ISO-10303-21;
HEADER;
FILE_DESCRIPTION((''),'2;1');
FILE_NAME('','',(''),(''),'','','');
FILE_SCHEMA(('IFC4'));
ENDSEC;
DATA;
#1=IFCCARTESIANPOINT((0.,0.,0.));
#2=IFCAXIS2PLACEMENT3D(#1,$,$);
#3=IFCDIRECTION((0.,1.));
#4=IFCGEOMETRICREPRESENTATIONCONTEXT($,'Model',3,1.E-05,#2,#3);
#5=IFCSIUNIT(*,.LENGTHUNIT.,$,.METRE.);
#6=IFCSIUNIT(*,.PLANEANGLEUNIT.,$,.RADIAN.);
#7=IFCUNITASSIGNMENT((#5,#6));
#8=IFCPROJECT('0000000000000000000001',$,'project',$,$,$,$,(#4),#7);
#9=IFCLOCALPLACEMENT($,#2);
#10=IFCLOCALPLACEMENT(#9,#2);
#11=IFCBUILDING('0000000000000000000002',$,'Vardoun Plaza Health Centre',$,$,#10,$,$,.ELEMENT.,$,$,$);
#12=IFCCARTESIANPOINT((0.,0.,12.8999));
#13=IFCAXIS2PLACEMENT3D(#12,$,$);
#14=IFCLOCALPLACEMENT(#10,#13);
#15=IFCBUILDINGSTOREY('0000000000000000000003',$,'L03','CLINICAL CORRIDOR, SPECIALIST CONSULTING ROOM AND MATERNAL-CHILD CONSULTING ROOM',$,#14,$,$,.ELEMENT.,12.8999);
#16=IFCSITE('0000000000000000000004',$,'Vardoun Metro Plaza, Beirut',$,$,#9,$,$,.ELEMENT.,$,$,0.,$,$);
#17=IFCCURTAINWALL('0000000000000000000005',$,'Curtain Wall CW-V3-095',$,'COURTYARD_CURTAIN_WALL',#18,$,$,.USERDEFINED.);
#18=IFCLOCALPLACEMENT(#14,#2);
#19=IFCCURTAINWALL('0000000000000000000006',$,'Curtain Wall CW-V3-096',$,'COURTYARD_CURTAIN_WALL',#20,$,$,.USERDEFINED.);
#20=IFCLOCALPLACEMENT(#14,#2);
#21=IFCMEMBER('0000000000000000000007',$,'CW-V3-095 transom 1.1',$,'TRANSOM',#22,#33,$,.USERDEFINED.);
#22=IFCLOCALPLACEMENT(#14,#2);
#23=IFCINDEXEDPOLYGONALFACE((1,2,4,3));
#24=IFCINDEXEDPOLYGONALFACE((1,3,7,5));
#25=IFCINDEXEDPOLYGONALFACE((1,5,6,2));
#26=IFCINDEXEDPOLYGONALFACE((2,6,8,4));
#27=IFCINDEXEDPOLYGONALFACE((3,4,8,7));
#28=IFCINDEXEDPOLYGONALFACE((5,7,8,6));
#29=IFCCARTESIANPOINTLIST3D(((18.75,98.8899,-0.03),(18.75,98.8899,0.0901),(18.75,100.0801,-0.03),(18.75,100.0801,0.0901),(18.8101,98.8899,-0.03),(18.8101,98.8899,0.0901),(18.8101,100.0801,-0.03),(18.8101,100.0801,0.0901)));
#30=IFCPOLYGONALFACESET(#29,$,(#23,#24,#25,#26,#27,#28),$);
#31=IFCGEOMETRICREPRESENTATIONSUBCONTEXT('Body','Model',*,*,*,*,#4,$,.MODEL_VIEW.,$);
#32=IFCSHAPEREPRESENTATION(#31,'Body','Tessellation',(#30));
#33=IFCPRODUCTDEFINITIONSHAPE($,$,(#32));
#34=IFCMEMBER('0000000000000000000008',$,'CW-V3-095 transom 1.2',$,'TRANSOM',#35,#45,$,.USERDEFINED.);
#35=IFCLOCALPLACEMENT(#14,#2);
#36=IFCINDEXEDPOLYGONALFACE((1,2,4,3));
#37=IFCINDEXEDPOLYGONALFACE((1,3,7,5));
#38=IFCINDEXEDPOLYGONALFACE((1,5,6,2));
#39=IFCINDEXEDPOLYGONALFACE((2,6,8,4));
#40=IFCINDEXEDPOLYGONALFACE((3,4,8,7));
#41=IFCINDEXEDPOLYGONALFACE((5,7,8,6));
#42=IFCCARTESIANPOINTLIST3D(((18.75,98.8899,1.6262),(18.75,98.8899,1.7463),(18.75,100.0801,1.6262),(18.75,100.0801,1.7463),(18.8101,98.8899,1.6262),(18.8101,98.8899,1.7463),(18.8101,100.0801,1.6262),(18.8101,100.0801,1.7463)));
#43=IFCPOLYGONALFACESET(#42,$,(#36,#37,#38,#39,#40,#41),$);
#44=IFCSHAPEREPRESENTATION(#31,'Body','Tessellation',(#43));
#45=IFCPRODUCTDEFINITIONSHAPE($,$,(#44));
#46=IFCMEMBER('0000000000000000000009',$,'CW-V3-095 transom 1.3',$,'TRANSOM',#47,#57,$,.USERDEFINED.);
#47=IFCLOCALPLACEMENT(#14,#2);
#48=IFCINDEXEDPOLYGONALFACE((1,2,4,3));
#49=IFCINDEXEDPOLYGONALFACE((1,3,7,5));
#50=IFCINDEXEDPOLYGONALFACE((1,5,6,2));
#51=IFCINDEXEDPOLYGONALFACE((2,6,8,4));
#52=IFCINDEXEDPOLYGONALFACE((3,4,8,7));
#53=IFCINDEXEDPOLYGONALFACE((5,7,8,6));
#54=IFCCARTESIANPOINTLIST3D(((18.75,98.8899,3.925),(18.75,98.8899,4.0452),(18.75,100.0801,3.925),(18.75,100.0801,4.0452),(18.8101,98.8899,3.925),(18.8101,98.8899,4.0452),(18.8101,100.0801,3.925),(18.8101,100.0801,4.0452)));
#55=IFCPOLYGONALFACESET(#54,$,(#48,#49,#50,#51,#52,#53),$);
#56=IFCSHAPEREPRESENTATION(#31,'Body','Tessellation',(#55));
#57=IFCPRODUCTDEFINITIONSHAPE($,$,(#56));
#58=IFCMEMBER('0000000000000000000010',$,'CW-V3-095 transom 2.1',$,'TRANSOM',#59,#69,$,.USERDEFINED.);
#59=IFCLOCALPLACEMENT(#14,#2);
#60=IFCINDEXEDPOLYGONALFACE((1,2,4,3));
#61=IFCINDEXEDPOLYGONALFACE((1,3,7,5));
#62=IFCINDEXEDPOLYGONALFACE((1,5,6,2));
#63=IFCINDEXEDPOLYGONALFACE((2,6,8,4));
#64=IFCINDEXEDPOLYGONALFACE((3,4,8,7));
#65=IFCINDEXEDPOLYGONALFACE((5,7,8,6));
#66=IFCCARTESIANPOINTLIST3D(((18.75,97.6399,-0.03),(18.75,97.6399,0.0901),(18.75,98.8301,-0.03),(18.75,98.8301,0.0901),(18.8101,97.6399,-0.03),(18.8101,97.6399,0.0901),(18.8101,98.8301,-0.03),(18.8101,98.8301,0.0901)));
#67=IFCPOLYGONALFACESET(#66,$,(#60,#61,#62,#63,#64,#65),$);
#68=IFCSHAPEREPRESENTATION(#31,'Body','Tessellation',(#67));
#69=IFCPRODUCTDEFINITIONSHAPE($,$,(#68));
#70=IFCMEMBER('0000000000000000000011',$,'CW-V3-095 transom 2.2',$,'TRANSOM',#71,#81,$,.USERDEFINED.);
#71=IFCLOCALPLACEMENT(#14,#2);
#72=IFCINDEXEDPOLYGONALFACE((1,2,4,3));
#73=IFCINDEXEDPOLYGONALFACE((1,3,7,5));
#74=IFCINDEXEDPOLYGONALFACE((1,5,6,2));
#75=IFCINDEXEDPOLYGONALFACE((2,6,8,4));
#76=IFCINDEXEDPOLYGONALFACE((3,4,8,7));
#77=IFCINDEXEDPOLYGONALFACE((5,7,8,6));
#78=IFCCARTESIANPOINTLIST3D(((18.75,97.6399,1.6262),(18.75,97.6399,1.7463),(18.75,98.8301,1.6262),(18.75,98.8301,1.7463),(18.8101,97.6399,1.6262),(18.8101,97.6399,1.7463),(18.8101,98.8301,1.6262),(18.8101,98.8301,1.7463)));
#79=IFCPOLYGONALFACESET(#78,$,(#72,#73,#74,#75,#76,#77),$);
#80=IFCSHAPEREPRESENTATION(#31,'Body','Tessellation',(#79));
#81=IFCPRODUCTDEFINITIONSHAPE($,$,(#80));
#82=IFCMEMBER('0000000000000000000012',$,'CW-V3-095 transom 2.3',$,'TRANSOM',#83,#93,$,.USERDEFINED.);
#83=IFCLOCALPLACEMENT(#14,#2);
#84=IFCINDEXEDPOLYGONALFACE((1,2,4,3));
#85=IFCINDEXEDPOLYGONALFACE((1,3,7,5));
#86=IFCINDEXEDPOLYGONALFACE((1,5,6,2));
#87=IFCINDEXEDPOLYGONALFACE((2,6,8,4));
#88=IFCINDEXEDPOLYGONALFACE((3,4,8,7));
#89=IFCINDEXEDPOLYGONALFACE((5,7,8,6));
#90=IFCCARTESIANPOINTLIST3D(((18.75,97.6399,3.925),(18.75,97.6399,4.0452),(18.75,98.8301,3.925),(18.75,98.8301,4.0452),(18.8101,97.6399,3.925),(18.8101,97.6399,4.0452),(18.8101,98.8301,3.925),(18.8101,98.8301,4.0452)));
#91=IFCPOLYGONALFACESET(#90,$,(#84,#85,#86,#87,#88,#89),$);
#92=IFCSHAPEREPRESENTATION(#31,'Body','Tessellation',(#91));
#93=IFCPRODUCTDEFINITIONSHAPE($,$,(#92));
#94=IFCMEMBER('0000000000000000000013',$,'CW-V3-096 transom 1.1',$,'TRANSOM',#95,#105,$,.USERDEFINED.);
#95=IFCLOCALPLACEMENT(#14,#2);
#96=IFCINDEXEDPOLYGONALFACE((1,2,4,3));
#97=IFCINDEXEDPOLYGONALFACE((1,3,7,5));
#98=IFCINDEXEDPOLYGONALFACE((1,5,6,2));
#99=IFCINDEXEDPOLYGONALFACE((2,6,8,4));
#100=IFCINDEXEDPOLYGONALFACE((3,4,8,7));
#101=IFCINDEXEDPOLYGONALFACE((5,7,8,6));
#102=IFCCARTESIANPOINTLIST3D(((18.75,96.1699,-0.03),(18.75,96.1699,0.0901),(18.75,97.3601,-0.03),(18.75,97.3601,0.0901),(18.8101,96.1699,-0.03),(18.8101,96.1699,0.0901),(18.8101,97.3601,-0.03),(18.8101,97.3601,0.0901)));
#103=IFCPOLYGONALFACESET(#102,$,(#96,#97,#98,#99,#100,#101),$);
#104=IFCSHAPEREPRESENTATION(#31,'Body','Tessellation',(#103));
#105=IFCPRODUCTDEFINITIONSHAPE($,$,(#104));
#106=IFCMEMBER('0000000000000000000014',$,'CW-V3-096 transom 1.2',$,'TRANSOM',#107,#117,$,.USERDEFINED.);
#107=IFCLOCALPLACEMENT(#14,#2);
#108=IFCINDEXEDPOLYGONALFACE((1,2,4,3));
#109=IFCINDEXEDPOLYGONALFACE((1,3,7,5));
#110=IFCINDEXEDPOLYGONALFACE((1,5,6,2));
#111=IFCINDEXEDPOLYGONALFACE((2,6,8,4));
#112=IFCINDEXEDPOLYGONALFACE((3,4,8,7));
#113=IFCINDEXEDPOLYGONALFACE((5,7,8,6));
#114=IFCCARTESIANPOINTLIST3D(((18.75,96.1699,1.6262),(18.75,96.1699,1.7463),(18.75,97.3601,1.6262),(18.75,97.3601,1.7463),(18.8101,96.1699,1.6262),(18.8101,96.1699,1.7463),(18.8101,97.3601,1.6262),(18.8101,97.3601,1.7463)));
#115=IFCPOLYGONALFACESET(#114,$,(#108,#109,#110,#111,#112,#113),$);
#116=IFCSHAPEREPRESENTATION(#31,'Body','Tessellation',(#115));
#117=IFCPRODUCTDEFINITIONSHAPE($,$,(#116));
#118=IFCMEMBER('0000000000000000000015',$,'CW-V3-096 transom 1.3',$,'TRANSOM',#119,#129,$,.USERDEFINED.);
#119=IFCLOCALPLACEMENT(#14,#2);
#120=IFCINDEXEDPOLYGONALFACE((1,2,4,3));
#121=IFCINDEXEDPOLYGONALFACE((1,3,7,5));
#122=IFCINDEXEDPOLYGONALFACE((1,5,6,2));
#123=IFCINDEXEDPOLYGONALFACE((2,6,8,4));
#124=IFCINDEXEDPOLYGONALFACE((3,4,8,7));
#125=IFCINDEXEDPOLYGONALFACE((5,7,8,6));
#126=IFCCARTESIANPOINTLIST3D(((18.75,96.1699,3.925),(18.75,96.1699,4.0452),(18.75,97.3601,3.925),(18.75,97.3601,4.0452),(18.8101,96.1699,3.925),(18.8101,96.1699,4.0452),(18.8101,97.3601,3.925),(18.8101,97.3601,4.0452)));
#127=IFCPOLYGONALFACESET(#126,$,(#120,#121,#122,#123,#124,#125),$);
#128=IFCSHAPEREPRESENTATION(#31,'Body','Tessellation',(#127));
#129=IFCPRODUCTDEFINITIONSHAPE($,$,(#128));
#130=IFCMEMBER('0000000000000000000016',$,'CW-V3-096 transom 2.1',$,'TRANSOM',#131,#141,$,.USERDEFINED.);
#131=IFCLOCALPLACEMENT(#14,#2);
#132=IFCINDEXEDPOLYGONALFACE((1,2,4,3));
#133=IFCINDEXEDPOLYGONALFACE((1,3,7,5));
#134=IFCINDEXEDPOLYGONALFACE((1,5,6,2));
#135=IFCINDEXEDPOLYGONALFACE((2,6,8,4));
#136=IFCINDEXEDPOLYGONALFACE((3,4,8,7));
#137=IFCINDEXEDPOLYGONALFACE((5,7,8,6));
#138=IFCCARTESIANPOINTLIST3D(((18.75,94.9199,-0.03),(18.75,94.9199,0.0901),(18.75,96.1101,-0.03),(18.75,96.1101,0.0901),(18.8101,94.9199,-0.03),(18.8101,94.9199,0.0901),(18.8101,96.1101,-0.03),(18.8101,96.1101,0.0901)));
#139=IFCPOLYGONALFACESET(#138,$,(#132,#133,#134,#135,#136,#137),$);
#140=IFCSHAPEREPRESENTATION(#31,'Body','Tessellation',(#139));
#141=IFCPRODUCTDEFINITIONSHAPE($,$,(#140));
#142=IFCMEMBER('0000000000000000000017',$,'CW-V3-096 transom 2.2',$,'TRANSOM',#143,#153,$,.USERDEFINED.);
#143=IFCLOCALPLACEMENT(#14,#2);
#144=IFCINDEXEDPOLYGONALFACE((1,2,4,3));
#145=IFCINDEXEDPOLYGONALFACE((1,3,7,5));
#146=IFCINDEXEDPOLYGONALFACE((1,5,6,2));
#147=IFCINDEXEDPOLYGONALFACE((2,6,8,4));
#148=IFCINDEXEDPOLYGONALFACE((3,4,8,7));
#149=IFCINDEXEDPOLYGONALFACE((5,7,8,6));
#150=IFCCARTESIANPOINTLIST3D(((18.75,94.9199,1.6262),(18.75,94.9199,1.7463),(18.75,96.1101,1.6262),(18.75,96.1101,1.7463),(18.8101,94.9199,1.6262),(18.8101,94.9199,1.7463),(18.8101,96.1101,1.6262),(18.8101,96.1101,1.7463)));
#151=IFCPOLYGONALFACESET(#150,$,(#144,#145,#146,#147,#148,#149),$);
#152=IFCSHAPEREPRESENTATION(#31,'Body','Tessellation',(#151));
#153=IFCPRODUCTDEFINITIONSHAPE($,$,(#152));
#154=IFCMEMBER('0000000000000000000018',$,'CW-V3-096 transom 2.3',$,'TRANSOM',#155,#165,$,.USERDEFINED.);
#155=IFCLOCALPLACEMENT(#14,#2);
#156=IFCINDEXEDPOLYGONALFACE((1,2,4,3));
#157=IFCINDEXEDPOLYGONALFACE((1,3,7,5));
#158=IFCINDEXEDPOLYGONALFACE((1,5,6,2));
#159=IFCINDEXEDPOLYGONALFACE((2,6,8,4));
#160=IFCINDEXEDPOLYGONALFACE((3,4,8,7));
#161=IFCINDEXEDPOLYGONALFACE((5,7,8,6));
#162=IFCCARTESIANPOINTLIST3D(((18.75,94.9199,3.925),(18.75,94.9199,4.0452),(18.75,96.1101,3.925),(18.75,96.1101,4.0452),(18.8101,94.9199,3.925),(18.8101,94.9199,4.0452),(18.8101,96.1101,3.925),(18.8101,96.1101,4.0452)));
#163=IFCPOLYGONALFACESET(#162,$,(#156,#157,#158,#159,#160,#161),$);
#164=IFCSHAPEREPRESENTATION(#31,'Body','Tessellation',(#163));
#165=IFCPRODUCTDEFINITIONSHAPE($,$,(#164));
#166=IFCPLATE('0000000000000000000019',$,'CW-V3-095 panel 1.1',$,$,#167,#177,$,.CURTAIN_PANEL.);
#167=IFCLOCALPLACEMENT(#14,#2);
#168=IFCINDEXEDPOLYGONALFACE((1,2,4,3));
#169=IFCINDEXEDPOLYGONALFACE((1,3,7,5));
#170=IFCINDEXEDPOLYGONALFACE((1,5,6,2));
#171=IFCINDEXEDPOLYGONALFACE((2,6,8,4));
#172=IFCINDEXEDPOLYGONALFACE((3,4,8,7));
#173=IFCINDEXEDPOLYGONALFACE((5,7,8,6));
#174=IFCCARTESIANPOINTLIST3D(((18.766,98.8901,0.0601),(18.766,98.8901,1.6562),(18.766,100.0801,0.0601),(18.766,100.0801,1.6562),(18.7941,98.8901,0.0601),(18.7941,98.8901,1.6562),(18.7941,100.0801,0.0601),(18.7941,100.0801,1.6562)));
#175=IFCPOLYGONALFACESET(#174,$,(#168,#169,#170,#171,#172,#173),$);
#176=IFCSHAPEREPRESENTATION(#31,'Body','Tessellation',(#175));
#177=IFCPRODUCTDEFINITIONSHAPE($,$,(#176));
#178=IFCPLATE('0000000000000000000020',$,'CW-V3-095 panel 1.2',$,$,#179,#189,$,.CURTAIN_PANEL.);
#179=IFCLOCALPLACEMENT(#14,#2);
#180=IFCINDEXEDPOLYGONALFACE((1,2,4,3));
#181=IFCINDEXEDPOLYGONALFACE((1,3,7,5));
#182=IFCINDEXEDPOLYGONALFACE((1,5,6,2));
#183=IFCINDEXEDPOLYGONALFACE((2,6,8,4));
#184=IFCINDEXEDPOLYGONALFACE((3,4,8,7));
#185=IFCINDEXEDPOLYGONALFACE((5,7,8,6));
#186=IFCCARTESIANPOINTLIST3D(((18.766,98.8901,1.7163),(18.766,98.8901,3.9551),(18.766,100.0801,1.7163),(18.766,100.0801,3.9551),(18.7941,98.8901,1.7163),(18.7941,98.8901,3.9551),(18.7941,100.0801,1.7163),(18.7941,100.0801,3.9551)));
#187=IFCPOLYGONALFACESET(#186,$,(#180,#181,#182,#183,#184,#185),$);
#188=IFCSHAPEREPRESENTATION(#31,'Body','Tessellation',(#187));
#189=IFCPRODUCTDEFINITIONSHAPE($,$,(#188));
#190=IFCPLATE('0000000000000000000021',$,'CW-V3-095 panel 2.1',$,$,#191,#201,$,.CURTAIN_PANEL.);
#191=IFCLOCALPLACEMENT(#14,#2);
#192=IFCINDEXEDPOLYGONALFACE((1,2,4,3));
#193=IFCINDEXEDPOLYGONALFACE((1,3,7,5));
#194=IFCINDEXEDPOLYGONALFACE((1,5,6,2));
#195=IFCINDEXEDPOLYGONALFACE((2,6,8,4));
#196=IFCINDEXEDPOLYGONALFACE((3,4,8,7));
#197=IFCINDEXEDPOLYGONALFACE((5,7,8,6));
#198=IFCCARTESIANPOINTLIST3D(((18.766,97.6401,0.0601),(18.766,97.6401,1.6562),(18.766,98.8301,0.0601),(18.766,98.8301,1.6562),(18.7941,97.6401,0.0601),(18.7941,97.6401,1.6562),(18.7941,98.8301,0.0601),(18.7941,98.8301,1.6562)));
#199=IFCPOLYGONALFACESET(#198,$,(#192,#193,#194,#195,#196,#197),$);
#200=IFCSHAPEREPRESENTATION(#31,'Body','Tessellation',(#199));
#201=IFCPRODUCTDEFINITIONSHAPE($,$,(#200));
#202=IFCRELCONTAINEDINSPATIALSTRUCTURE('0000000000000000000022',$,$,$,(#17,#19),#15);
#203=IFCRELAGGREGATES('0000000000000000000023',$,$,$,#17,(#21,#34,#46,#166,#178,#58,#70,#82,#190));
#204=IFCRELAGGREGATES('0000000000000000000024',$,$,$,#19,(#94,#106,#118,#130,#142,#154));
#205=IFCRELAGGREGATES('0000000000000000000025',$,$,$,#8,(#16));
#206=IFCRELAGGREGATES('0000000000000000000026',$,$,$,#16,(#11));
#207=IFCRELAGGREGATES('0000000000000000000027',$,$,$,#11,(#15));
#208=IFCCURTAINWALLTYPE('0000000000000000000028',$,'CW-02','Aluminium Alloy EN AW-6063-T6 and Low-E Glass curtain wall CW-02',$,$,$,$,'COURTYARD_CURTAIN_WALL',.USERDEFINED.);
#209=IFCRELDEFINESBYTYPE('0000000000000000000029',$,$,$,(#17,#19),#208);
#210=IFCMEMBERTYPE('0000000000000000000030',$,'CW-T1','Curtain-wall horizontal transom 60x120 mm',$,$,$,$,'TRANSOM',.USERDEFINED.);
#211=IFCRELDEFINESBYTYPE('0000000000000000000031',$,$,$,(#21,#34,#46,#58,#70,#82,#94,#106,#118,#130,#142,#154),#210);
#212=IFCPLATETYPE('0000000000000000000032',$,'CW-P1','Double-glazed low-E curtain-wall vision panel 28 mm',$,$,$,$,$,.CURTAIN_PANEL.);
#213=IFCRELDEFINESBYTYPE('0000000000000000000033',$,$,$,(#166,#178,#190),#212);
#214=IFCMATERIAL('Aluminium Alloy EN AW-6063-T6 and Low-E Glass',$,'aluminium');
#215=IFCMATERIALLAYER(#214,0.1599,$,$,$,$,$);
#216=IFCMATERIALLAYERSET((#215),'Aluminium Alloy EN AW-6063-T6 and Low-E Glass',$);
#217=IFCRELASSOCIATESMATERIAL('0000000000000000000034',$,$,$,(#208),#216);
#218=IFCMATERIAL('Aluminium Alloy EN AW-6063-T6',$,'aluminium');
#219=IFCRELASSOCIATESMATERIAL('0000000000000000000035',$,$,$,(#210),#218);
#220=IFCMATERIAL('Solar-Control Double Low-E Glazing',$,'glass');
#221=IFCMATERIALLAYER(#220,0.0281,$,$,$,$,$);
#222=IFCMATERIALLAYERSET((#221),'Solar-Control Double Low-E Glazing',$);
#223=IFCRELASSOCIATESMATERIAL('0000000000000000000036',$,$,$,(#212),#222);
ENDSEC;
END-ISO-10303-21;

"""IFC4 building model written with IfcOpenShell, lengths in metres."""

from ifc_helpers import new_model, si_unit, direction, frame, origin, origin_2d, place, context, subcontext, project, spatial, rectangle, extrude, material, layer, layer_set, material_profile, profile_set, type_object, element, aggregate, save


model = new_model("IFC4")

# Units and contexts
model_context = context("Model", 3, precision=1e-05, world=origin(), true_north=direction((0.0, 1.0)))
body_context = subcontext(model_context, "Body", "Model", "MODEL_VIEW")
ifc_project = project(units=[si_unit("LENGTHUNIT", "METRE"), si_unit("PLANEANGLEUNIT", "RADIAN")], contexts=[model_context])

# Site, building, storey
site_placement = place(None, origin())
site = spatial("IfcSite", under=ifc_project, at=site_placement, Name="Vardoun Metro Plaza, Beirut", CompositionType="ELEMENT", RefElevation=0.0)
building_placement = place(site_placement, origin())
building = spatial("IfcBuilding", under=site, at=building_placement, Name="Vardoun Plaza Health Centre", CompositionType="ELEMENT")
storey_placement = place(building_placement, frame((0.0, 0.0, 12.8999)))
storey = spatial("IfcBuildingStorey", under=building, at=storey_placement, Name="L03", Description="CLINICAL CORRIDOR, SPECIALIST CONSULTING ROOM AND MATERNAL-CHILD CONSULTING ROOM", CompositionType="ELEMENT", Elevation=12.8999)

# Curtain walls
ifc_material_1 = material(Name="Aluminium Alloy EN AW-6063-T6 and Low-E Glass", Category="aluminium")
ifc_layer_1 = layer(ifc_material_1, 0.1599)
ifc_layer_set_1 = layer_set([ifc_layer_1], Name="Aluminium Alloy EN AW-6063-T6 and Low-E Glass")
curtain_wall_type = type_object("IfcCurtainWallType", Name="CW-02", Description="Aluminium Alloy EN AW-6063-T6 and Low-E Glass curtain wall CW-02", ElementType="COURTYARD_CURTAIN_WALL", PredefinedType="USERDEFINED", material=ifc_layer_set_1)
curtain_wall_1_placement = place(storey_placement, origin())
curtain_wall_1 = element("IfcCurtainWall", 1, at=curtain_wall_1_placement, inside=storey, type_object=curtain_wall_type, Name="Curtain Wall CW-V3-095", ObjectType="COURTYARD_CURTAIN_WALL", PredefinedType="USERDEFINED")
curtain_wall_2_placement = place(storey_placement, origin())
curtain_wall_2 = element("IfcCurtainWall", 2, at=curtain_wall_2_placement, inside=storey, type_object=curtain_wall_type, Name="Curtain Wall CW-V3-096", ObjectType="COURTYARD_CURTAIN_WALL", PredefinedType="USERDEFINED")

# Members
ifc_material_2 = material(Name="Aluminium Alloy EN AW-6063-T6", Category="aluminium")
ifc_material_profile_1 = material_profile(ifc_material_2, rectangle(XDim=0.0601, YDim=0.1201, at=origin_2d()), Name="CWT 60x120")
ifc_profile_set_1 = profile_set([ifc_material_profile_1], Name="Aluminium Alloy EN AW-6063-T6")
member_type_1 = type_object("IfcMemberType", Name="CW-T1", Description="Curtain-wall horizontal transom 60x120 mm", ElementType="TRANSOM", PredefinedType="USERDEFINED", material=ifc_profile_set_1)
member_1_placement = place(storey_placement, frame((18.78, 100.0801, 0.03), z_axis=(0.0, -1.0, 0.0), x_axis=(1.0, 0.0, 0.0)))
member_1 = element("IfcMember", 3, at=member_1_placement, type_object=member_type_1, Name="CW-V3-095 transom 1.1", ObjectType="TRANSOM", PredefinedType="USERDEFINED", context=body_context, shape_type="SweptSolid", body=[
    extrude(rectangle(XDim=0.0601, YDim=0.1201, at=origin_2d()), origin(), (0.0, 0.0, 1.0), 1.1902),
])
member_2_placement = place(storey_placement, frame((18.78, 100.0801, 1.6863), z_axis=(0.0, -1.0, 0.0), x_axis=(1.0, 0.0, 0.0)))
member_2 = element("IfcMember", 4, at=member_2_placement, type_object=member_type_1, Name="CW-V3-095 transom 1.2", ObjectType="TRANSOM", PredefinedType="USERDEFINED", context=body_context, shape_type="SweptSolid", body=[
    extrude(rectangle(XDim=0.0601, YDim=0.1201, at=origin_2d()), origin(), (0.0, 0.0, 1.0), 1.1902),
])
member_3_placement = place(storey_placement, frame((18.78, 100.0801, 3.9851), z_axis=(0.0, -1.0, 0.0), x_axis=(1.0, 0.0, 0.0)))
member_3 = element("IfcMember", 5, at=member_3_placement, type_object=member_type_1, Name="CW-V3-095 transom 1.3", ObjectType="TRANSOM", PredefinedType="USERDEFINED", context=body_context, shape_type="SweptSolid", body=[
    extrude(rectangle(XDim=0.0601, YDim=0.1201, at=origin_2d()), origin(), (0.0, 0.0, 1.0), 1.1902),
])
member_4_placement = place(storey_placement, frame((18.78, 98.8301, 0.03), z_axis=(0.0, -1.0, 0.0), x_axis=(1.0, 0.0, 0.0)))
member_4 = element("IfcMember", 6, at=member_4_placement, type_object=member_type_1, Name="CW-V3-095 transom 2.1", ObjectType="TRANSOM", PredefinedType="USERDEFINED", context=body_context, shape_type="SweptSolid", body=[
    extrude(rectangle(XDim=0.0601, YDim=0.1201, at=origin_2d()), origin(), (0.0, 0.0, 1.0), 1.1902),
])
member_5_placement = place(storey_placement, frame((18.78, 98.8301, 1.6863), z_axis=(0.0, -1.0, 0.0), x_axis=(1.0, 0.0, 0.0)))
member_5 = element("IfcMember", 7, at=member_5_placement, type_object=member_type_1, Name="CW-V3-095 transom 2.2", ObjectType="TRANSOM", PredefinedType="USERDEFINED", context=body_context, shape_type="SweptSolid", body=[
    extrude(rectangle(XDim=0.0601, YDim=0.1201, at=origin_2d()), origin(), (0.0, 0.0, 1.0), 1.1902),
])
member_6_placement = place(storey_placement, frame((18.78, 98.8301, 3.9851), z_axis=(0.0, -1.0, 0.0), x_axis=(1.0, 0.0, 0.0)))
member_6 = element("IfcMember", 8, at=member_6_placement, type_object=member_type_1, Name="CW-V3-095 transom 2.3", ObjectType="TRANSOM", PredefinedType="USERDEFINED", context=body_context, shape_type="SweptSolid", body=[
    extrude(rectangle(XDim=0.0601, YDim=0.1201, at=origin_2d()), origin(), (0.0, 0.0, 1.0), 1.1902),
])
member_7_placement = place(storey_placement, frame((18.78, 97.3601, 0.03), z_axis=(0.0, -1.0, 0.0), x_axis=(1.0, 0.0, 0.0)))
member_7 = element("IfcMember", 9, at=member_7_placement, type_object=member_type_1, Name="CW-V3-096 transom 1.1", ObjectType="TRANSOM", PredefinedType="USERDEFINED", context=body_context, shape_type="SweptSolid", body=[
    extrude(rectangle(XDim=0.0601, YDim=0.1201, at=origin_2d()), origin(), (0.0, 0.0, 1.0), 1.1902),
])
member_8_placement = place(storey_placement, frame((18.78, 97.3601, 1.6863), z_axis=(0.0, -1.0, 0.0), x_axis=(1.0, 0.0, 0.0)))
member_8 = element("IfcMember", 10, at=member_8_placement, type_object=member_type_1, Name="CW-V3-096 transom 1.2", ObjectType="TRANSOM", PredefinedType="USERDEFINED", context=body_context, shape_type="SweptSolid", body=[
    extrude(rectangle(XDim=0.0601, YDim=0.1201, at=origin_2d()), origin(), (0.0, 0.0, 1.0), 1.1902),
])
member_9_placement = place(storey_placement, frame((18.78, 97.3601, 3.9851), z_axis=(0.0, -1.0, 0.0), x_axis=(1.0, 0.0, 0.0)))
member_9 = element("IfcMember", 11, at=member_9_placement, type_object=member_type_1, Name="CW-V3-096 transom 1.3", ObjectType="TRANSOM", PredefinedType="USERDEFINED", context=body_context, shape_type="SweptSolid", body=[
    extrude(rectangle(XDim=0.0601, YDim=0.1201, at=origin_2d()), origin(), (0.0, 0.0, 1.0), 1.1902),
])
member_10_placement = place(storey_placement, frame((18.78, 96.1101, 0.03), z_axis=(0.0, -1.0, 0.0), x_axis=(1.0, 0.0, 0.0)))
member_10 = element("IfcMember", 12, at=member_10_placement, type_object=member_type_1, Name="CW-V3-096 transom 2.1", ObjectType="TRANSOM", PredefinedType="USERDEFINED", context=body_context, shape_type="SweptSolid", body=[
    extrude(rectangle(XDim=0.0601, YDim=0.1201, at=origin_2d()), origin(), (0.0, 0.0, 1.0), 1.1902),
])
member_11_placement = place(storey_placement, frame((18.78, 96.1101, 1.6863), z_axis=(0.0, -1.0, 0.0), x_axis=(1.0, 0.0, 0.0)))
member_11 = element("IfcMember", 13, at=member_11_placement, type_object=member_type_1, Name="CW-V3-096 transom 2.2", ObjectType="TRANSOM", PredefinedType="USERDEFINED", context=body_context, shape_type="SweptSolid", body=[
    extrude(rectangle(XDim=0.0601, YDim=0.1201, at=origin_2d()), origin(), (0.0, 0.0, 1.0), 1.1902),
])
member_12_placement = place(storey_placement, frame((18.78, 96.1101, 3.9851), z_axis=(0.0, -1.0, 0.0), x_axis=(1.0, 0.0, 0.0)))
member_12 = element("IfcMember", 14, at=member_12_placement, type_object=member_type_1, Name="CW-V3-096 transom 2.3", ObjectType="TRANSOM", PredefinedType="USERDEFINED", context=body_context, shape_type="SweptSolid", body=[
    extrude(rectangle(XDim=0.0601, YDim=0.1201, at=origin_2d()), origin(), (0.0, 0.0, 1.0), 1.1902),
])

# Plates
ifc_material_3 = material(Name="Solar-Control Double Low-E Glazing", Category="glass")
ifc_layer_2 = layer(ifc_material_3, 0.0281)
ifc_layer_set_2 = layer_set([ifc_layer_2], Name="Solar-Control Double Low-E Glazing")
plate_type = type_object("IfcPlateType", Name="CW-P1", Description="Double-glazed low-E curtain-wall vision panel 28 mm", PredefinedType="CURTAIN_PANEL", material=ifc_layer_set_2)
plate_1_placement = place(storey_placement, frame((18.78, 99.4851, 0.0601), z_axis=(0.0, 0.0, 1.0), x_axis=(0.0, -1.0, 0.0)))
plate_1 = element("IfcPlate", 15, at=plate_1_placement, type_object=plate_type, Name="CW-V3-095 panel 1.1", PredefinedType="CURTAIN_PANEL", context=body_context, shape_type="SweptSolid", body=[
    extrude(rectangle(XDim=1.1899, YDim=0.0281, at=origin_2d()), origin(), (0.0, 0.0, 1.0), 1.5962),
])
plate_2_placement = place(storey_placement, frame((18.78, 99.4851, 1.7163), z_axis=(0.0, 0.0, 1.0), x_axis=(0.0, -1.0, 0.0)))
plate_2 = element("IfcPlate", 16, at=plate_2_placement, type_object=plate_type, Name="CW-V3-095 panel 1.2", PredefinedType="CURTAIN_PANEL", context=body_context, shape_type="SweptSolid", body=[
    extrude(rectangle(XDim=1.1899, YDim=0.0281, at=origin_2d()), origin(), (0.0, 0.0, 1.0), 2.2388),
])
plate_3_placement = place(storey_placement, frame((18.78, 98.2351, 0.0601), z_axis=(0.0, 0.0, 1.0), x_axis=(0.0, -1.0, 0.0)))
plate_3 = element("IfcPlate", 17, at=plate_3_placement, type_object=plate_type, Name="CW-V3-095 panel 2.1", PredefinedType="CURTAIN_PANEL", context=body_context, shape_type="SweptSolid", body=[
    extrude(rectangle(XDim=1.1899, YDim=0.0281, at=origin_2d()), origin(), (0.0, 0.0, 1.0), 1.5962),
])
aggregate(curtain_wall_1, [member_1, member_2, member_3, plate_1, plate_2, member_4, member_5, member_6, plate_3])
aggregate(curtain_wall_2, [member_7, member_8, member_9, member_10, member_11, member_12])

save(model, "model.ifc")
